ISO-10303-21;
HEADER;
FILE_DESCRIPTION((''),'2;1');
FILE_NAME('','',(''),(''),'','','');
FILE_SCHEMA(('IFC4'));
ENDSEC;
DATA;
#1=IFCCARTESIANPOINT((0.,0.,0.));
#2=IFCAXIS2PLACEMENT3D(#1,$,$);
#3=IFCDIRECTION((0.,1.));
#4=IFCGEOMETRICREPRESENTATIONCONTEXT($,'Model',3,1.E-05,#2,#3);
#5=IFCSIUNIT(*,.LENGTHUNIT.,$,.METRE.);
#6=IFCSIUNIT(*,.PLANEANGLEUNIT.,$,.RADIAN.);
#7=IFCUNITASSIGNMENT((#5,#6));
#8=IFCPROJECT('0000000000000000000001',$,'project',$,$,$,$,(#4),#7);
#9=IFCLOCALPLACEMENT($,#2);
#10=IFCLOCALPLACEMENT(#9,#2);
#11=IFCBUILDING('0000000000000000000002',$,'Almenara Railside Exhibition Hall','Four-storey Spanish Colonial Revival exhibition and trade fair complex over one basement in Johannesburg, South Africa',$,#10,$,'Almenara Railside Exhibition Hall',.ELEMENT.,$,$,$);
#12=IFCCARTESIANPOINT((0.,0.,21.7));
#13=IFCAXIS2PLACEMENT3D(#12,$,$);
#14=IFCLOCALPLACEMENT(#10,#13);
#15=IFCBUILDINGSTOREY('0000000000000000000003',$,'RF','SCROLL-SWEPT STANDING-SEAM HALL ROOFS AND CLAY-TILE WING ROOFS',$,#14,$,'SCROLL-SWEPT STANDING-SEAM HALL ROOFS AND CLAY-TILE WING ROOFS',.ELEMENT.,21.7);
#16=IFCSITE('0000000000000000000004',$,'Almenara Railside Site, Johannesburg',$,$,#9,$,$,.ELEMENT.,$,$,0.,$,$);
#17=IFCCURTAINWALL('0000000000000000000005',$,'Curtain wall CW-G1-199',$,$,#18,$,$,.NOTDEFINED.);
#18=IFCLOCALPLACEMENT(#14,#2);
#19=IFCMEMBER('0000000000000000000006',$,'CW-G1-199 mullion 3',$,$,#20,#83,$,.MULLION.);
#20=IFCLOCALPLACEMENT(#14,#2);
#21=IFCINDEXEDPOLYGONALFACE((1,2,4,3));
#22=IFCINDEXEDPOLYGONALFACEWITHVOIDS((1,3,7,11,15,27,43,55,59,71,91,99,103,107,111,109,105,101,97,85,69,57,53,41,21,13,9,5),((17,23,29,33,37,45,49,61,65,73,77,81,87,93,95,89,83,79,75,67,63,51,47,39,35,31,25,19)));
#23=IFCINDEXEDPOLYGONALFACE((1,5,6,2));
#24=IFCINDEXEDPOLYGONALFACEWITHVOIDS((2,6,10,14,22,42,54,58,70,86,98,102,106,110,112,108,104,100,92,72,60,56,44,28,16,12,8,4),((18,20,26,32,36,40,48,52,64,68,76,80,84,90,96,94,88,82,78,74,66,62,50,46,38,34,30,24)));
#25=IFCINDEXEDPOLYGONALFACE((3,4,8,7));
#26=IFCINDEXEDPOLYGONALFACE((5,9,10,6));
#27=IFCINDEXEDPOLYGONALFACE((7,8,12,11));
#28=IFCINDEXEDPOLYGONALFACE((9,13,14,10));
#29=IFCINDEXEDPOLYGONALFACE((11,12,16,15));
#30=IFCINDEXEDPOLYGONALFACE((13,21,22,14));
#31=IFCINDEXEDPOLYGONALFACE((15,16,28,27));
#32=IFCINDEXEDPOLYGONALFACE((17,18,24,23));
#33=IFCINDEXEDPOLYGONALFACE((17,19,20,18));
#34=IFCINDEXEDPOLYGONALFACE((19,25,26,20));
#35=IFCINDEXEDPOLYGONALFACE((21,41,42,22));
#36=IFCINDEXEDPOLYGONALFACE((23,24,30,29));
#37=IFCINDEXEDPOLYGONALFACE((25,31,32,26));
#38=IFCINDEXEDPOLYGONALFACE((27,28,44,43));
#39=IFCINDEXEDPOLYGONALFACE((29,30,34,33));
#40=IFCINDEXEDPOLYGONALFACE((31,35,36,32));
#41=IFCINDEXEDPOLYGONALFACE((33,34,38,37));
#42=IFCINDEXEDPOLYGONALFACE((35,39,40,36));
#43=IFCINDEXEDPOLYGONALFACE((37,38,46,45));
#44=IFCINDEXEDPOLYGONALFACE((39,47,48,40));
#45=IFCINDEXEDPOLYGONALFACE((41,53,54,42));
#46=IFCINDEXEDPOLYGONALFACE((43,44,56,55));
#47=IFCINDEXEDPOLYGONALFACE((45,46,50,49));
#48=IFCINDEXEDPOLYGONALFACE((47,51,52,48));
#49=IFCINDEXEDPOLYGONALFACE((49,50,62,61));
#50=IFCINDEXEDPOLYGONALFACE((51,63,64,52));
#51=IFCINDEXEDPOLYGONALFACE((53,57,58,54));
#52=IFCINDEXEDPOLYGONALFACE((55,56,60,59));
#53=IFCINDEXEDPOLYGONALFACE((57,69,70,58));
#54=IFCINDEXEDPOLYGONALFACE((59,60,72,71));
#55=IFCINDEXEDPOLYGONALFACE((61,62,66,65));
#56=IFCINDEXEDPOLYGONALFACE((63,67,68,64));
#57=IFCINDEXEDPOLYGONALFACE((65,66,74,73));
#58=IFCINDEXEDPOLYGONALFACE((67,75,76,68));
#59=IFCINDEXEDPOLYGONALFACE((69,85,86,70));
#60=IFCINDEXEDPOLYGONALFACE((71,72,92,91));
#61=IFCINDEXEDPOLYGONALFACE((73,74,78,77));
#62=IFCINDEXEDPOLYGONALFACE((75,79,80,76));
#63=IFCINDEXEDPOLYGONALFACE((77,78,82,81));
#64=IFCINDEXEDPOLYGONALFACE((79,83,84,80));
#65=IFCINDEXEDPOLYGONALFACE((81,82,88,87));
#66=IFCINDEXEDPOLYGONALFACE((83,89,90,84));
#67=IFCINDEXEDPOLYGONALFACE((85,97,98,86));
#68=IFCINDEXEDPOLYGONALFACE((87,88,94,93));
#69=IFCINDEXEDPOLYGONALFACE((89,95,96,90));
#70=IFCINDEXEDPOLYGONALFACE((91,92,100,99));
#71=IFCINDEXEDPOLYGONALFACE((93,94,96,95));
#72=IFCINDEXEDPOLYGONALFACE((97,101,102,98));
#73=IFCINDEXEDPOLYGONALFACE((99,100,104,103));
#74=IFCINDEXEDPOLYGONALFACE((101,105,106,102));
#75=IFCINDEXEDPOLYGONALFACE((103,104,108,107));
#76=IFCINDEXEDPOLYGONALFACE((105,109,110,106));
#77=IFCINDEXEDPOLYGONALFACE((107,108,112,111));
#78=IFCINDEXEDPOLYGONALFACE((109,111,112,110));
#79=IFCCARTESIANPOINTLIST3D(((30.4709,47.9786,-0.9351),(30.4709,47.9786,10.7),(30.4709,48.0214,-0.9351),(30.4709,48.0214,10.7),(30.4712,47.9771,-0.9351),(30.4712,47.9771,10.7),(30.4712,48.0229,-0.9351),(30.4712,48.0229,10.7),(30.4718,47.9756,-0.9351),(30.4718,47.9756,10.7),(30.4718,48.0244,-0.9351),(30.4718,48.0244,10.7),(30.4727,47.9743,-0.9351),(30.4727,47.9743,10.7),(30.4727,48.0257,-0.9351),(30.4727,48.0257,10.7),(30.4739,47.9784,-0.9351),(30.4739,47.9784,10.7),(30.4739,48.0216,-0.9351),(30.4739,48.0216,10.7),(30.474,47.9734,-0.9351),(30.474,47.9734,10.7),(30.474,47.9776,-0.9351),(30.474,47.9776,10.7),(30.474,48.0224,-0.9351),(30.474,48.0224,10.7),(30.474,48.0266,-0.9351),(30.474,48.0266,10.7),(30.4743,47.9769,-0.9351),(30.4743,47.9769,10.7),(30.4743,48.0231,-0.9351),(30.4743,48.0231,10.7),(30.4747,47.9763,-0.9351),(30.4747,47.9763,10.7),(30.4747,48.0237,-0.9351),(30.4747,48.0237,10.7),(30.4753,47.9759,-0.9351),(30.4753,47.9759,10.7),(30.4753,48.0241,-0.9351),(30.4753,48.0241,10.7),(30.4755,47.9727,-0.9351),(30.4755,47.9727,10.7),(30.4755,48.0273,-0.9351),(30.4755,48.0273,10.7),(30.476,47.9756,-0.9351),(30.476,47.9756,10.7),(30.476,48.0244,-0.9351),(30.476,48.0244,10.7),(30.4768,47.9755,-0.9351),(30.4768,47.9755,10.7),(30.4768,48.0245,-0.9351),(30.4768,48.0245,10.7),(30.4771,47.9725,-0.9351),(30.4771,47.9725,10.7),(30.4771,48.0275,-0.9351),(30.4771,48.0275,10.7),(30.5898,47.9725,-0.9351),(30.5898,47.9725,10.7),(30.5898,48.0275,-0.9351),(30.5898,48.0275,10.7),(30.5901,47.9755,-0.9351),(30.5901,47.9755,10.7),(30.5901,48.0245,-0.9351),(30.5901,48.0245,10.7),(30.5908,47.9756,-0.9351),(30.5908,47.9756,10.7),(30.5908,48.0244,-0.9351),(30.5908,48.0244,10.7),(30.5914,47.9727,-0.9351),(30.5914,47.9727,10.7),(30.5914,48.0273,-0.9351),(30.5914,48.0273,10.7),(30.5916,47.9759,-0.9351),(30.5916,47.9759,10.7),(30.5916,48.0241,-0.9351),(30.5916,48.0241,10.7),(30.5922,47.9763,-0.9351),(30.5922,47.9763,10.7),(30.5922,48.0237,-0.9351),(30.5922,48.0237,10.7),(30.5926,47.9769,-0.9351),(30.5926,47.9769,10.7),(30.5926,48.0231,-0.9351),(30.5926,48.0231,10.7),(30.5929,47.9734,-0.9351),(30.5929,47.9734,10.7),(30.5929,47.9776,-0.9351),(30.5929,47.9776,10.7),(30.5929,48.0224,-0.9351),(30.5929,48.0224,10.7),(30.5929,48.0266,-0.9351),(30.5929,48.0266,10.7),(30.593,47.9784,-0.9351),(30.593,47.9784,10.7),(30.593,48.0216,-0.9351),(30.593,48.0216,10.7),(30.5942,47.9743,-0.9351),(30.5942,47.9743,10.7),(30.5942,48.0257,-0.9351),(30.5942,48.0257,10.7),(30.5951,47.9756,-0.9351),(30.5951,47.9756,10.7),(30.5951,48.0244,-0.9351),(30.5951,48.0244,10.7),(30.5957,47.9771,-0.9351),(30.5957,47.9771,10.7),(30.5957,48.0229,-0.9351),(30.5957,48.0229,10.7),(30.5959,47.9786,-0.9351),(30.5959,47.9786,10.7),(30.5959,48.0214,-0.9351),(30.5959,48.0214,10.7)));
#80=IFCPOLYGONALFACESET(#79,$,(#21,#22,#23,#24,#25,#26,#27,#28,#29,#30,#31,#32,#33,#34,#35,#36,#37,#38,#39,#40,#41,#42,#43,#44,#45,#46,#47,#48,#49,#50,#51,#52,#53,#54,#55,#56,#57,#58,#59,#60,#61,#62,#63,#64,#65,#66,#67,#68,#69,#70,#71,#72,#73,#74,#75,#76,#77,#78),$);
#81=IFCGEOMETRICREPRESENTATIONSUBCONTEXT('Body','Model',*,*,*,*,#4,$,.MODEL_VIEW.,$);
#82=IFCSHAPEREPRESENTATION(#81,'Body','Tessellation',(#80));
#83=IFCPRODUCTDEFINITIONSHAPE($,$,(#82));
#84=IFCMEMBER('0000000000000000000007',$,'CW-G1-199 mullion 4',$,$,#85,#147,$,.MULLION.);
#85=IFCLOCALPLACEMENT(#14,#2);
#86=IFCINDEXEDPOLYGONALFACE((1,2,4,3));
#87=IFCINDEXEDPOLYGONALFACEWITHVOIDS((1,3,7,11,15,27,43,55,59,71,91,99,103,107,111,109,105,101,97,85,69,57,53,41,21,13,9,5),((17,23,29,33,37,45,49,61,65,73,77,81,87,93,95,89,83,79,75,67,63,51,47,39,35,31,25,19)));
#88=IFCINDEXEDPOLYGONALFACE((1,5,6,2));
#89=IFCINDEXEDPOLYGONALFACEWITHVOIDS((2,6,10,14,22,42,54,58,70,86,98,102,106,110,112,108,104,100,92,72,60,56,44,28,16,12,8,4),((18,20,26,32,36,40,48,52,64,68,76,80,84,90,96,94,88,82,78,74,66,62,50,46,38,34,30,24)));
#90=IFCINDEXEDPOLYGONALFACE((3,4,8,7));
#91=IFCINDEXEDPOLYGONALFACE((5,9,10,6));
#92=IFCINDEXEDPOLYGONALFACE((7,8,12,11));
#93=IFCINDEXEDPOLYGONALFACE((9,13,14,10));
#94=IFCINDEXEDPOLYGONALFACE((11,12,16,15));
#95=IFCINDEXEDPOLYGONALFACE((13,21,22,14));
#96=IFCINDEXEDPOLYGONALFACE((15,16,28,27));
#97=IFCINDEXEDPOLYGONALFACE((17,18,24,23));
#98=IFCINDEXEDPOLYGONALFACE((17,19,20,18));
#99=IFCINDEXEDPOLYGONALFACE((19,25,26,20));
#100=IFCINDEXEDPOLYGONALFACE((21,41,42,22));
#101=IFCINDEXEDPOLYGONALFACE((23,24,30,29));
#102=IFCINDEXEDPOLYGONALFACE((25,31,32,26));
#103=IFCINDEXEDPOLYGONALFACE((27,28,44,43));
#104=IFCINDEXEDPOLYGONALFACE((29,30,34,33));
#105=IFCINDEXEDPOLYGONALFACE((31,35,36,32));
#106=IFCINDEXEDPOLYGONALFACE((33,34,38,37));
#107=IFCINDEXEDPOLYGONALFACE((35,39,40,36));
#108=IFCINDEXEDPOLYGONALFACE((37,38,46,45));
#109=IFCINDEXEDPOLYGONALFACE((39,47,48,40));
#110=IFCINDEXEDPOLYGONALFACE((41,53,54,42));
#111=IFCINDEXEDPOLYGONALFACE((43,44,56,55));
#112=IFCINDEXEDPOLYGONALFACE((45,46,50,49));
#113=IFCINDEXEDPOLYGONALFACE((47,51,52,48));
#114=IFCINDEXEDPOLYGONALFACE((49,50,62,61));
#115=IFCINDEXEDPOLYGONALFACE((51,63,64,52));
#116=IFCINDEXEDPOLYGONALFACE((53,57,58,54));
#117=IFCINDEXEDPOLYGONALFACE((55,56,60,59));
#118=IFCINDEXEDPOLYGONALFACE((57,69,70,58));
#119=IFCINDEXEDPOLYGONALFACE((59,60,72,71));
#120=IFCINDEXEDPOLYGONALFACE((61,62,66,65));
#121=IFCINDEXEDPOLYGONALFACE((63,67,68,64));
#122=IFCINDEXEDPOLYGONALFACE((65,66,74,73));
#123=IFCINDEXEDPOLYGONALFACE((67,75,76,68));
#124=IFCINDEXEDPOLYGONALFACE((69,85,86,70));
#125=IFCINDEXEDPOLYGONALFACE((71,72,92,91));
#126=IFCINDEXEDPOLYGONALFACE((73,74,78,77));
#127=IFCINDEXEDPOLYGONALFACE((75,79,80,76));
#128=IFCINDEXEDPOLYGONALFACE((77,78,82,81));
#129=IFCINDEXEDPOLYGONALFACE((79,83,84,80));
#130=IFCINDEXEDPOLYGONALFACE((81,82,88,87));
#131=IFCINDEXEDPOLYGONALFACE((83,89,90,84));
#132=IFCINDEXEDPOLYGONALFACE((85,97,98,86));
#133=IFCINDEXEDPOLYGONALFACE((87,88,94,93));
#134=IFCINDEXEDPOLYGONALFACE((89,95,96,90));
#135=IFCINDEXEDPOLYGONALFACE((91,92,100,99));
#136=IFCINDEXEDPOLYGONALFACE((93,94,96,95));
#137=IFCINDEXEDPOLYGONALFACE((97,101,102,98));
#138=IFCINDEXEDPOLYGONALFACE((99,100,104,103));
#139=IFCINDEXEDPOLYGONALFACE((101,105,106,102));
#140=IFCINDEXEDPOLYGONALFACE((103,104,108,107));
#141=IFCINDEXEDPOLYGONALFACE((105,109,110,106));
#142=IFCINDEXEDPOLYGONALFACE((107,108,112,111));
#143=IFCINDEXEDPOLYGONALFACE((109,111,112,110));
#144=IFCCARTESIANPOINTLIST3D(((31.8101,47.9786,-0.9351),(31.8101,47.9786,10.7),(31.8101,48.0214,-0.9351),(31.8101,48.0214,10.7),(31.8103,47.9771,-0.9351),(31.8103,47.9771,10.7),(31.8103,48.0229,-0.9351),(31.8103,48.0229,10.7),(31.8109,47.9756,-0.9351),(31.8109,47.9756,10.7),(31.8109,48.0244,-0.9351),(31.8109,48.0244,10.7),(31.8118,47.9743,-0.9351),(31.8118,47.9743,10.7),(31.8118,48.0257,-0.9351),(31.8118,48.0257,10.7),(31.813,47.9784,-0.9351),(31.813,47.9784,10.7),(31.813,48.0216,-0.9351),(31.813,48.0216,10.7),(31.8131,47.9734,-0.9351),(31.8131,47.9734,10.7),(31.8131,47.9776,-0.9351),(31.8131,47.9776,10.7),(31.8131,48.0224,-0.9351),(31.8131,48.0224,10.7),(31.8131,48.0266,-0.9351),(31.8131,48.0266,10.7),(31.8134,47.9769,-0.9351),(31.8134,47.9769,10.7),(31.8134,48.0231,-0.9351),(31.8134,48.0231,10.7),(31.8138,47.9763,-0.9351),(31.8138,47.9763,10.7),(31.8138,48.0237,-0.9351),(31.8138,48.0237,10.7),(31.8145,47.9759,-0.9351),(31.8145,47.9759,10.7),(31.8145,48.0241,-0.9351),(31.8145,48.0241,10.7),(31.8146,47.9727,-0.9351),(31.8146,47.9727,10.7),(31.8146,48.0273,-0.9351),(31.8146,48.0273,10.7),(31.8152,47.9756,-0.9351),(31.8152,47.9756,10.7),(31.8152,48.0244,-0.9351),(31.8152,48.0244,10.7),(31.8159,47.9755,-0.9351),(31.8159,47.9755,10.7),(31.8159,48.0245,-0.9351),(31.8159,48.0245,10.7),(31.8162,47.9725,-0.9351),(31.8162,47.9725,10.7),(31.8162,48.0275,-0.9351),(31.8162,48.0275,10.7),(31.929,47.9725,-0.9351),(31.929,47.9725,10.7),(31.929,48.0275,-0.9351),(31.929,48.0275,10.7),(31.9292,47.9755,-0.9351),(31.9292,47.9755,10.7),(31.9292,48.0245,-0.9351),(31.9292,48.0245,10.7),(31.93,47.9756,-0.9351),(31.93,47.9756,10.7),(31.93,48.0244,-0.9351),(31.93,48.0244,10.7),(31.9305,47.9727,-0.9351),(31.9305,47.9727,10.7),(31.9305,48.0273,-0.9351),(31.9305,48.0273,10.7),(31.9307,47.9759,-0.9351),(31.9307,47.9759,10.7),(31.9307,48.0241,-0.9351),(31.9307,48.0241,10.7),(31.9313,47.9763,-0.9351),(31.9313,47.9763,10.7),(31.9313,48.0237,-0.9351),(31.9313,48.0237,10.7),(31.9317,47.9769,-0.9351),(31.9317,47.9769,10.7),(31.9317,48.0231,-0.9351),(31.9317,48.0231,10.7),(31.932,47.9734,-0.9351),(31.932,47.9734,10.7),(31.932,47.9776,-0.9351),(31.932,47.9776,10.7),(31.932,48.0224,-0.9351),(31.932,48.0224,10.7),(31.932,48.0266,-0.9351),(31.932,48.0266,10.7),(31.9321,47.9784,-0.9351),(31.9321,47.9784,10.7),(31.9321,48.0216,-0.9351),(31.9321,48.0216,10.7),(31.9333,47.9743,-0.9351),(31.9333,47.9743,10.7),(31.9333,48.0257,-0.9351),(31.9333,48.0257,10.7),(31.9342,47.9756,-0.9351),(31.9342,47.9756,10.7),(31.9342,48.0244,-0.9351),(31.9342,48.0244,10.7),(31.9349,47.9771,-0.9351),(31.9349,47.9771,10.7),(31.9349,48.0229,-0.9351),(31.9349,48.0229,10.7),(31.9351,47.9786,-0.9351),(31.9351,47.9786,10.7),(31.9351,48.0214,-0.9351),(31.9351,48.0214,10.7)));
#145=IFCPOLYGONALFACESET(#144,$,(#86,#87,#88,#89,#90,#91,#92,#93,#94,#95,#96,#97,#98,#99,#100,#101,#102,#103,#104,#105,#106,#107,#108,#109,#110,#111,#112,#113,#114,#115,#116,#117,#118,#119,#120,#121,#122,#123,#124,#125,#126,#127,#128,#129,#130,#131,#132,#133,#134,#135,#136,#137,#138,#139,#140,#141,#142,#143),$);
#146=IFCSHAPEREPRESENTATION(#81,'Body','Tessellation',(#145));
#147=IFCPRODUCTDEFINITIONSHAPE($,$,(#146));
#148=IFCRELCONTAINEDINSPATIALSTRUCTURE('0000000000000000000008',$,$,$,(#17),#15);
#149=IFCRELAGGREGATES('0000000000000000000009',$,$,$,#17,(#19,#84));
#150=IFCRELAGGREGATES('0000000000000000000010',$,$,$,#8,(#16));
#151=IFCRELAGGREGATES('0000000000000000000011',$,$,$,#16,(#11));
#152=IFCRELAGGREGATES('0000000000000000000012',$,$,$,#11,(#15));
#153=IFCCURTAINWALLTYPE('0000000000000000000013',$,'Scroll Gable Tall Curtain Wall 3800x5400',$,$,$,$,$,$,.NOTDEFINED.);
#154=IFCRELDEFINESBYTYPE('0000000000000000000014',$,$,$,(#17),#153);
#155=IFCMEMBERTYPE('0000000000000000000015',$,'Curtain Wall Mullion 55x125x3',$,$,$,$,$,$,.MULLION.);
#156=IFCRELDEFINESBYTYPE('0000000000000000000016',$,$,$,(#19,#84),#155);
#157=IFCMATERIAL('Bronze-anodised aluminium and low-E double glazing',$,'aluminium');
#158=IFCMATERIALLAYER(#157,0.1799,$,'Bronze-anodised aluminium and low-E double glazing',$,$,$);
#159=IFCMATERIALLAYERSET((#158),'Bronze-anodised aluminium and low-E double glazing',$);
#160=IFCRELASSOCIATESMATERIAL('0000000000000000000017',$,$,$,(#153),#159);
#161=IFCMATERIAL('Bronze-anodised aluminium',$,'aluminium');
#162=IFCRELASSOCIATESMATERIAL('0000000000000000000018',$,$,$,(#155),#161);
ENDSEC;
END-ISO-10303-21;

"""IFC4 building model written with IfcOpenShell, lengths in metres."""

from ifc_helpers import new_model, si_unit, direction, frame, origin, origin_2d, place, context, subcontext, project, spatial, hollow_rectangle, extrude, material, layer, layer_set, material_profile, profile_set, type_object, element, aggregate, save


model = new_model("IFC4")

# Units and contexts
model_context = context("Model", 3, precision=1e-05, world=origin(), true_north=direction((0.0, 1.0)))
body_context = subcontext(model_context, "Body", "Model", "MODEL_VIEW")
ifc_project = project(units=[si_unit("LENGTHUNIT", "METRE"), si_unit("PLANEANGLEUNIT", "RADIAN")], contexts=[model_context])

# Site, building, storey
site_placement = place(None, origin())
site = spatial("IfcSite", under=ifc_project, at=site_placement, Name="Almenara Railside Site, Johannesburg", CompositionType="ELEMENT", RefElevation=0.0)
building_placement = place(site_placement, origin())
building = spatial("IfcBuilding", under=site, at=building_placement, Name="Almenara Railside Exhibition Hall", Description="Four-storey Spanish Colonial Revival exhibition and trade fair complex over one basement in Johannesburg, South Africa", LongName="Almenara Railside Exhibition Hall", CompositionType="ELEMENT")
storey_placement = place(building_placement, frame((0.0, 0.0, 21.7)))
storey = spatial("IfcBuildingStorey", under=building, at=storey_placement, Name="RF", Description="SCROLL-SWEPT STANDING-SEAM HALL ROOFS AND CLAY-TILE WING ROOFS", LongName="SCROLL-SWEPT STANDING-SEAM HALL ROOFS AND CLAY-TILE WING ROOFS", CompositionType="ELEMENT", Elevation=21.7)

# Curtain wall, members
ifc_material_1 = material(Name="Bronze-anodised aluminium and low-E double glazing", Category="aluminium")
ifc_layer_1 = layer(ifc_material_1, 0.1799, Name="Bronze-anodised aluminium and low-E double glazing")
ifc_layer_set_1 = layer_set([ifc_layer_1], Name="Bronze-anodised aluminium and low-E double glazing")
curtain_wall_type = type_object("IfcCurtainWallType", Name="Scroll Gable Tall Curtain Wall 3800x5400", PredefinedType="NOTDEFINED", material=ifc_layer_set_1)
curtain_wall_1_placement = place(storey_placement, origin())
curtain_wall_1 = element("IfcCurtainWall", 1, at=curtain_wall_1_placement, inside=storey, type_object=curtain_wall_type, Name="Curtain wall CW-G1-199", PredefinedType="NOTDEFINED")
ifc_material_2 = material(Name="Bronze-anodised aluminium", Category="aluminium")
ifc_material_profile_1 = material_profile(ifc_material_2, hollow_rectangle(XDim=0.0549, YDim=0.125, WallThickness=0.0029, InnerFilletRadius=0.0029, OuterFilletRadius=0.0061, at=origin_2d()), Name="ALU-MUL 55x125x3")
ifc_profile_set_1 = profile_set([ifc_material_profile_1], Name="Bronze-anodised aluminium")
member_type_1 = type_object("IfcMemberType", Name="Curtain Wall Mullion 55x125x3", PredefinedType="MULLION", material=ifc_profile_set_1)
member_1_placement = place(storey_placement, frame((30.5334, 48.0, -0.9351), z_axis=(0.0, 0.0, 1.0), x_axis=(0.0, 1.0, 0.0)))
member_1 = element("IfcMember", 2, at=member_1_placement, type_object=member_type_1, Name="CW-G1-199 mullion 3", PredefinedType="MULLION", context=body_context, shape_type="SweptSolid", body=[
    extrude(hollow_rectangle(XDim=0.0549, YDim=0.125, WallThickness=0.0029, InnerFilletRadius=0.0029, OuterFilletRadius=0.0061, at=origin_2d()), origin(), (0.0, 0.0, 1.0), 11.635),
])
member_2_placement = place(storey_placement, frame((31.8726, 48.0, -0.9351), z_axis=(0.0, 0.0, 1.0), x_axis=(0.0, 1.0, 0.0)))
member_2 = element("IfcMember", 3, at=member_2_placement, type_object=member_type_1, Name="CW-G1-199 mullion 4", PredefinedType="MULLION", context=body_context, shape_type="SweptSolid", body=[
    extrude(hollow_rectangle(XDim=0.0549, YDim=0.125, WallThickness=0.0029, InnerFilletRadius=0.0029, OuterFilletRadius=0.0061, at=origin_2d()), origin(), (0.0, 0.0, 1.0), 11.635),
])

aggregate(curtain_wall_1, [member_1, member_2])

save(model, "model.ifc")
